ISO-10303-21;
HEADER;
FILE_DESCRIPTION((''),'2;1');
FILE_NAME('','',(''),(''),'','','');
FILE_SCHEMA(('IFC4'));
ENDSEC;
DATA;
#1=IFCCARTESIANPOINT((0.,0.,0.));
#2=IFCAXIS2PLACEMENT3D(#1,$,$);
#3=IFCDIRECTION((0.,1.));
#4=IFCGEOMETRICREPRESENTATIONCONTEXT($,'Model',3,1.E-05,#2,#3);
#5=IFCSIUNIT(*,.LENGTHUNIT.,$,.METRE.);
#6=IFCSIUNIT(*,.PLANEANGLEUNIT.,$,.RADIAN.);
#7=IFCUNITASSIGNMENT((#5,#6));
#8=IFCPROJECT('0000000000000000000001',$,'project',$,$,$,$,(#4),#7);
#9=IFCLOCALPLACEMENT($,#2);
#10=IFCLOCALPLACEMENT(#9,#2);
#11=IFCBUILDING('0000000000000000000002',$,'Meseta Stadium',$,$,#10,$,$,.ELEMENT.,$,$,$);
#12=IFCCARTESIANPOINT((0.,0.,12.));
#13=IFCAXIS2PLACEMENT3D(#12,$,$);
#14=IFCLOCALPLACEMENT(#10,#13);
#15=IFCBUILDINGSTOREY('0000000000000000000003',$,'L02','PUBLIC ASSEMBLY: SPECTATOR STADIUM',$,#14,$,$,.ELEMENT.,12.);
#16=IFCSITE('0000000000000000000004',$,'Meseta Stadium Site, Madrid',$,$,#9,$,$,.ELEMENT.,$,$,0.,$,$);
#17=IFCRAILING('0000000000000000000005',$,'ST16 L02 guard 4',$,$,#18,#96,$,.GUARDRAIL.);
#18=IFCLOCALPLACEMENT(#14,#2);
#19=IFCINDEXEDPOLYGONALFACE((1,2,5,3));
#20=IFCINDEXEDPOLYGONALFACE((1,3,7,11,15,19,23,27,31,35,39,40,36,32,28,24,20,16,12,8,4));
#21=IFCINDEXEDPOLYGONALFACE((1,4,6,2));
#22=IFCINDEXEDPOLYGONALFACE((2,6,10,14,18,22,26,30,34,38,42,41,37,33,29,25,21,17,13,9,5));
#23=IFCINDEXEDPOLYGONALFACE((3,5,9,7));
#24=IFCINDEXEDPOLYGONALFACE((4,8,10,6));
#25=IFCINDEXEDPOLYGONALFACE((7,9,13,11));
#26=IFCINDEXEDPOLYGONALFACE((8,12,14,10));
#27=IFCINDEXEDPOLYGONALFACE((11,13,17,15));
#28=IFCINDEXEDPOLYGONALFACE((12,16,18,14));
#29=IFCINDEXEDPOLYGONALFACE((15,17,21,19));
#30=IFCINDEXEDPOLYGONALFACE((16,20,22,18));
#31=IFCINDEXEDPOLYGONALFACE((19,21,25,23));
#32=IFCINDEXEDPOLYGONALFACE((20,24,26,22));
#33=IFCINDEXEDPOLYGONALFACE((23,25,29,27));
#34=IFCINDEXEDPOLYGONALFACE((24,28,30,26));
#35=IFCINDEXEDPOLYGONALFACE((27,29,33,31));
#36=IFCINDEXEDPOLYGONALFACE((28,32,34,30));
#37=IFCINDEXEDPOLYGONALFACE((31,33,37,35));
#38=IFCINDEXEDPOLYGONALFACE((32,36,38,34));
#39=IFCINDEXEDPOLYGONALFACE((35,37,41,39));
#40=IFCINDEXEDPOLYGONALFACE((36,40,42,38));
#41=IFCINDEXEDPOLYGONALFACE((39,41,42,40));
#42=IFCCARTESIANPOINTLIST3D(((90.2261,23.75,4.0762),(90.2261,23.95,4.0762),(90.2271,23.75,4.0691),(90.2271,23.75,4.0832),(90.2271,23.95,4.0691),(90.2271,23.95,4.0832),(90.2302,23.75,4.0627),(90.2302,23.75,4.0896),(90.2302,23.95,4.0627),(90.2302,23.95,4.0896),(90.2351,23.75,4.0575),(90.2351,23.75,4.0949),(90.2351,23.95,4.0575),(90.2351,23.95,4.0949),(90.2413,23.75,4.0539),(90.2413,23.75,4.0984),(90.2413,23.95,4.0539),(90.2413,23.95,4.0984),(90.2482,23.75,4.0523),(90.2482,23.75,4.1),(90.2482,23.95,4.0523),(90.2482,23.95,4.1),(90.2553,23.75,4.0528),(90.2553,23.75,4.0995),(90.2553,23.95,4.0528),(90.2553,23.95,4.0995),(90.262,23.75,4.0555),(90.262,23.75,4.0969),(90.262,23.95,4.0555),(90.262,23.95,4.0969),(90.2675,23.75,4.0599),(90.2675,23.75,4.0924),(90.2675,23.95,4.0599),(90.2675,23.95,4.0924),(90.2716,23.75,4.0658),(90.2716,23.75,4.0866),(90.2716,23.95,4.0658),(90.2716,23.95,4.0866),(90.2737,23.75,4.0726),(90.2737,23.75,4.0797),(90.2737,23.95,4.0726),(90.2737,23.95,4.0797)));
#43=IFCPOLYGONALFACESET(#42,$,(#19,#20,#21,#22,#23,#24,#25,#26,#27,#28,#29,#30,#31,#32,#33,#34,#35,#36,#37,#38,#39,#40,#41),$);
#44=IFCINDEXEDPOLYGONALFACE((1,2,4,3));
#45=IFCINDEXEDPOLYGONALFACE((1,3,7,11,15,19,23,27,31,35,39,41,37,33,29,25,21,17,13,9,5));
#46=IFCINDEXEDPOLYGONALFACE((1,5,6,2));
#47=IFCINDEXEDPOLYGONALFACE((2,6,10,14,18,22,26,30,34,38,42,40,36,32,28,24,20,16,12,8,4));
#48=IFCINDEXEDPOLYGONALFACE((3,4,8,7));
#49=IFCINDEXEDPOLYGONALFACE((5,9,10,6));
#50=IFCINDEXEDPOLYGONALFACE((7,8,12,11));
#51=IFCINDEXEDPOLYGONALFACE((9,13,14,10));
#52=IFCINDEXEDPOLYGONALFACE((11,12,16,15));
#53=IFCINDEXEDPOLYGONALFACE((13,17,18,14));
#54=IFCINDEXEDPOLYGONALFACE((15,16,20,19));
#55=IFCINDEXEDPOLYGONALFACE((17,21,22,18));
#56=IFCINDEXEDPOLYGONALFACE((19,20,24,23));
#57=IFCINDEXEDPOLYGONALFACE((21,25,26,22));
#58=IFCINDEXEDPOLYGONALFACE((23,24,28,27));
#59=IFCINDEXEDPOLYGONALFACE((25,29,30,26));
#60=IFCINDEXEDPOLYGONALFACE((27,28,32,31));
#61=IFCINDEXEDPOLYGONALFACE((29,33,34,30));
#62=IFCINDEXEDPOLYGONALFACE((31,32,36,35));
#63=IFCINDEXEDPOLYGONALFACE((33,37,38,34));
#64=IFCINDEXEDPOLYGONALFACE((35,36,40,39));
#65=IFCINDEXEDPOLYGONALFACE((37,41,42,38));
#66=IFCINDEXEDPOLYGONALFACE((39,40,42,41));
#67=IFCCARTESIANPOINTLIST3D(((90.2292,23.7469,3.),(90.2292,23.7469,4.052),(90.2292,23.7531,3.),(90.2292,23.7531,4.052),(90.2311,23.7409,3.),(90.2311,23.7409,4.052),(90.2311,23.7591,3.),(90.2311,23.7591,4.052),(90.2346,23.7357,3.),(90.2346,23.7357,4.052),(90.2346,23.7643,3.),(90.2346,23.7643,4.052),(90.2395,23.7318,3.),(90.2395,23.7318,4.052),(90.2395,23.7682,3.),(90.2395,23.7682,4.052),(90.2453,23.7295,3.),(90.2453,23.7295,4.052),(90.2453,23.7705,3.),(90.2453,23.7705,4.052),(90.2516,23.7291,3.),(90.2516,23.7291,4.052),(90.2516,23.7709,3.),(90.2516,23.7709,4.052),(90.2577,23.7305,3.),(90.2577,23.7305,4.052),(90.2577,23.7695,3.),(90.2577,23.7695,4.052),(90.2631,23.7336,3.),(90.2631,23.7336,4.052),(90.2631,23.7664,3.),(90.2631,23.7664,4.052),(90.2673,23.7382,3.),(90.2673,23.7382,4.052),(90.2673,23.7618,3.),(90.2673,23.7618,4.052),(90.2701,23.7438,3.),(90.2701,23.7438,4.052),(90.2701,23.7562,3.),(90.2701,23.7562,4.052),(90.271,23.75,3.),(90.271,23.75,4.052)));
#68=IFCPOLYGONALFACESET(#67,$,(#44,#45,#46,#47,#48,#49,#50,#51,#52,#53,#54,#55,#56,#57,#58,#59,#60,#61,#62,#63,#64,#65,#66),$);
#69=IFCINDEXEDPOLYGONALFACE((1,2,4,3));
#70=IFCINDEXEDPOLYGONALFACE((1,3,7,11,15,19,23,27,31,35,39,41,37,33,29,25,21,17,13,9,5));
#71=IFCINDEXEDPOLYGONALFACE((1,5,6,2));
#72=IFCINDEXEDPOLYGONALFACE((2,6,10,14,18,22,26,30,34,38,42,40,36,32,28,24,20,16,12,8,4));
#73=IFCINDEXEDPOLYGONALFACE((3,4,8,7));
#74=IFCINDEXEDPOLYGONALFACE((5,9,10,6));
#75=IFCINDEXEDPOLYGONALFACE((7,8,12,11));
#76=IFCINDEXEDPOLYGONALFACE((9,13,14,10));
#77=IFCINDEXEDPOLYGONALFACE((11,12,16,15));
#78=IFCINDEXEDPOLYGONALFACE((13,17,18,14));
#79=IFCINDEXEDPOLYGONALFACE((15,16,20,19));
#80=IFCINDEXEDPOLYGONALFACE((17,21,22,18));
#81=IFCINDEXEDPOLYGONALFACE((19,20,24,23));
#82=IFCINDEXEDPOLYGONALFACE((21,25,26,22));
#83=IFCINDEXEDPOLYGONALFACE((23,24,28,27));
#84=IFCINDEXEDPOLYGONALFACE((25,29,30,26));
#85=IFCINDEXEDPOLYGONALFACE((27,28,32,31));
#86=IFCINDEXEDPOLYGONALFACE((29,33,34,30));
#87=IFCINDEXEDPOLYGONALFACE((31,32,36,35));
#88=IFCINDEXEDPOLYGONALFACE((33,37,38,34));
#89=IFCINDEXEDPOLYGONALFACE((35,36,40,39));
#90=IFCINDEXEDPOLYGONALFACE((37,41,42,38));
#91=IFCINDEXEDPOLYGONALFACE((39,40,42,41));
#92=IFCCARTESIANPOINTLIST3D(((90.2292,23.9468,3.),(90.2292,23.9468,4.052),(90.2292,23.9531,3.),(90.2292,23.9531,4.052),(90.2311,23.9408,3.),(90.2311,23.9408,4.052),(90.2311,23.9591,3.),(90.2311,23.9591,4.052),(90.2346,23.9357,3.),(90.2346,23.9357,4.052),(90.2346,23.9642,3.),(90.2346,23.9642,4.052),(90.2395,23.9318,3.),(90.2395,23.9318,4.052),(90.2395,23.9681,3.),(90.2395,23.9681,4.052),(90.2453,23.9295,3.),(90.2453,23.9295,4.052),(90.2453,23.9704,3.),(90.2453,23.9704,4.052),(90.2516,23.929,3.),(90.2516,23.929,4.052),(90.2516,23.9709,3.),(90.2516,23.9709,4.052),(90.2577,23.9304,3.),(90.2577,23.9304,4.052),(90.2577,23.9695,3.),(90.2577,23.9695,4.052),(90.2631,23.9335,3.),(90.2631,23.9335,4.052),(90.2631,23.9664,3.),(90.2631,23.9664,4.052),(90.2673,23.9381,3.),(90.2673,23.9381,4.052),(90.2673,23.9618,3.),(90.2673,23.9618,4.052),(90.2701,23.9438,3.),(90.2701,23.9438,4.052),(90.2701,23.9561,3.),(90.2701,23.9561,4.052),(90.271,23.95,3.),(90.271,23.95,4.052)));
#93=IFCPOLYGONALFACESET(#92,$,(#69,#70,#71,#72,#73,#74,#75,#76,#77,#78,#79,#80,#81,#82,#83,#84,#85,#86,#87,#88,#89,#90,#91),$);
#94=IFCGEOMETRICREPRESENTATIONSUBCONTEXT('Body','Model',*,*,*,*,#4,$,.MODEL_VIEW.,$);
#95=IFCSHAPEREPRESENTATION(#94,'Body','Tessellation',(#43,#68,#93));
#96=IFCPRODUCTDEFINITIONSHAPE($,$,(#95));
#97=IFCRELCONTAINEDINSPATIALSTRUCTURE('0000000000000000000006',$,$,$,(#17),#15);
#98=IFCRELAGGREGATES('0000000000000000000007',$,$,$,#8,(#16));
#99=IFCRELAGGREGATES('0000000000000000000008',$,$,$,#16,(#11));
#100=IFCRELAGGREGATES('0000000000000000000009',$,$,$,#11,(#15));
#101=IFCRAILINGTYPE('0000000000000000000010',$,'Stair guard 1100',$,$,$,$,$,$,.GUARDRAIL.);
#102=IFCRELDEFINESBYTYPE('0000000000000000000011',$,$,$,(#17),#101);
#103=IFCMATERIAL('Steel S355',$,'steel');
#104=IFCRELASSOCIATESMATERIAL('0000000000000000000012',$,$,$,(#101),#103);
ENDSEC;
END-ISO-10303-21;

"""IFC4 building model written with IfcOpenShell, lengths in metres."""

from ifc_helpers import new_model, si_unit, direction, frame, origin, origin_2d, place, context, subcontext, project, spatial, circle, extrude, material, type_object, element, save


model = new_model("IFC4")

# Units and contexts
model_context = context("Model", 3, precision=1e-05, world=origin(), true_north=direction((0.0, 1.0)))
body_context = subcontext(model_context, "Body", "Model", "MODEL_VIEW")
ifc_project = project(units=[si_unit("LENGTHUNIT", "METRE"), si_unit("PLANEANGLEUNIT", "RADIAN")], contexts=[model_context])

# Site, building, storey
site_placement = place(None, origin())
site = spatial("IfcSite", under=ifc_project, at=site_placement, Name="Meseta Stadium Site, Madrid", CompositionType="ELEMENT", RefElevation=0.0)
building_placement = place(site_placement, origin())
building = spatial("IfcBuilding", under=site, at=building_placement, Name="Meseta Stadium", CompositionType="ELEMENT")
storey_placement = place(building_placement, frame((0.0, 0.0, 12.0)))
storey = spatial("IfcBuildingStorey", under=building, at=storey_placement, Name="L02", Description="PUBLIC ASSEMBLY: SPECTATOR STADIUM", CompositionType="ELEMENT", Elevation=12.0)

# Railing
ifc_material_1 = material(Name="Steel S355", Category="steel")
railing_type_1 = type_object("IfcRailingType", Name="Stair guard 1100", PredefinedType="GUARDRAIL", material=ifc_material_1)
railing_1_placement = place(storey_placement, frame((90.25, 23.75, 3.0)))
element("IfcRailing", 1, at=railing_1_placement, inside=storey, type_object=railing_type_1, Name="ST16 L02 guard 4", PredefinedType="GUARDRAIL", context=body_context, shape_type="SweptSolid", body=[
    extrude(circle(Radius=0.0239, at=origin_2d()), frame((0.0, 0.0, 1.0762), z_axis=(0.0, 1.0, 0.0), x_axis=(-1.0, 0.0, 0.0)), (0.0, 0.0, 1.0), 0.2),
    extrude(circle(Radius=0.021, at=origin_2d()), origin(), (0.0, 0.0, 1.0), 1.052),
    extrude(circle(Radius=0.021, at=origin_2d()), frame((0.0, 0.2, 0.0)), (0.0, 0.0, 1.0), 1.052),
])

save(model, "model.ifc")
